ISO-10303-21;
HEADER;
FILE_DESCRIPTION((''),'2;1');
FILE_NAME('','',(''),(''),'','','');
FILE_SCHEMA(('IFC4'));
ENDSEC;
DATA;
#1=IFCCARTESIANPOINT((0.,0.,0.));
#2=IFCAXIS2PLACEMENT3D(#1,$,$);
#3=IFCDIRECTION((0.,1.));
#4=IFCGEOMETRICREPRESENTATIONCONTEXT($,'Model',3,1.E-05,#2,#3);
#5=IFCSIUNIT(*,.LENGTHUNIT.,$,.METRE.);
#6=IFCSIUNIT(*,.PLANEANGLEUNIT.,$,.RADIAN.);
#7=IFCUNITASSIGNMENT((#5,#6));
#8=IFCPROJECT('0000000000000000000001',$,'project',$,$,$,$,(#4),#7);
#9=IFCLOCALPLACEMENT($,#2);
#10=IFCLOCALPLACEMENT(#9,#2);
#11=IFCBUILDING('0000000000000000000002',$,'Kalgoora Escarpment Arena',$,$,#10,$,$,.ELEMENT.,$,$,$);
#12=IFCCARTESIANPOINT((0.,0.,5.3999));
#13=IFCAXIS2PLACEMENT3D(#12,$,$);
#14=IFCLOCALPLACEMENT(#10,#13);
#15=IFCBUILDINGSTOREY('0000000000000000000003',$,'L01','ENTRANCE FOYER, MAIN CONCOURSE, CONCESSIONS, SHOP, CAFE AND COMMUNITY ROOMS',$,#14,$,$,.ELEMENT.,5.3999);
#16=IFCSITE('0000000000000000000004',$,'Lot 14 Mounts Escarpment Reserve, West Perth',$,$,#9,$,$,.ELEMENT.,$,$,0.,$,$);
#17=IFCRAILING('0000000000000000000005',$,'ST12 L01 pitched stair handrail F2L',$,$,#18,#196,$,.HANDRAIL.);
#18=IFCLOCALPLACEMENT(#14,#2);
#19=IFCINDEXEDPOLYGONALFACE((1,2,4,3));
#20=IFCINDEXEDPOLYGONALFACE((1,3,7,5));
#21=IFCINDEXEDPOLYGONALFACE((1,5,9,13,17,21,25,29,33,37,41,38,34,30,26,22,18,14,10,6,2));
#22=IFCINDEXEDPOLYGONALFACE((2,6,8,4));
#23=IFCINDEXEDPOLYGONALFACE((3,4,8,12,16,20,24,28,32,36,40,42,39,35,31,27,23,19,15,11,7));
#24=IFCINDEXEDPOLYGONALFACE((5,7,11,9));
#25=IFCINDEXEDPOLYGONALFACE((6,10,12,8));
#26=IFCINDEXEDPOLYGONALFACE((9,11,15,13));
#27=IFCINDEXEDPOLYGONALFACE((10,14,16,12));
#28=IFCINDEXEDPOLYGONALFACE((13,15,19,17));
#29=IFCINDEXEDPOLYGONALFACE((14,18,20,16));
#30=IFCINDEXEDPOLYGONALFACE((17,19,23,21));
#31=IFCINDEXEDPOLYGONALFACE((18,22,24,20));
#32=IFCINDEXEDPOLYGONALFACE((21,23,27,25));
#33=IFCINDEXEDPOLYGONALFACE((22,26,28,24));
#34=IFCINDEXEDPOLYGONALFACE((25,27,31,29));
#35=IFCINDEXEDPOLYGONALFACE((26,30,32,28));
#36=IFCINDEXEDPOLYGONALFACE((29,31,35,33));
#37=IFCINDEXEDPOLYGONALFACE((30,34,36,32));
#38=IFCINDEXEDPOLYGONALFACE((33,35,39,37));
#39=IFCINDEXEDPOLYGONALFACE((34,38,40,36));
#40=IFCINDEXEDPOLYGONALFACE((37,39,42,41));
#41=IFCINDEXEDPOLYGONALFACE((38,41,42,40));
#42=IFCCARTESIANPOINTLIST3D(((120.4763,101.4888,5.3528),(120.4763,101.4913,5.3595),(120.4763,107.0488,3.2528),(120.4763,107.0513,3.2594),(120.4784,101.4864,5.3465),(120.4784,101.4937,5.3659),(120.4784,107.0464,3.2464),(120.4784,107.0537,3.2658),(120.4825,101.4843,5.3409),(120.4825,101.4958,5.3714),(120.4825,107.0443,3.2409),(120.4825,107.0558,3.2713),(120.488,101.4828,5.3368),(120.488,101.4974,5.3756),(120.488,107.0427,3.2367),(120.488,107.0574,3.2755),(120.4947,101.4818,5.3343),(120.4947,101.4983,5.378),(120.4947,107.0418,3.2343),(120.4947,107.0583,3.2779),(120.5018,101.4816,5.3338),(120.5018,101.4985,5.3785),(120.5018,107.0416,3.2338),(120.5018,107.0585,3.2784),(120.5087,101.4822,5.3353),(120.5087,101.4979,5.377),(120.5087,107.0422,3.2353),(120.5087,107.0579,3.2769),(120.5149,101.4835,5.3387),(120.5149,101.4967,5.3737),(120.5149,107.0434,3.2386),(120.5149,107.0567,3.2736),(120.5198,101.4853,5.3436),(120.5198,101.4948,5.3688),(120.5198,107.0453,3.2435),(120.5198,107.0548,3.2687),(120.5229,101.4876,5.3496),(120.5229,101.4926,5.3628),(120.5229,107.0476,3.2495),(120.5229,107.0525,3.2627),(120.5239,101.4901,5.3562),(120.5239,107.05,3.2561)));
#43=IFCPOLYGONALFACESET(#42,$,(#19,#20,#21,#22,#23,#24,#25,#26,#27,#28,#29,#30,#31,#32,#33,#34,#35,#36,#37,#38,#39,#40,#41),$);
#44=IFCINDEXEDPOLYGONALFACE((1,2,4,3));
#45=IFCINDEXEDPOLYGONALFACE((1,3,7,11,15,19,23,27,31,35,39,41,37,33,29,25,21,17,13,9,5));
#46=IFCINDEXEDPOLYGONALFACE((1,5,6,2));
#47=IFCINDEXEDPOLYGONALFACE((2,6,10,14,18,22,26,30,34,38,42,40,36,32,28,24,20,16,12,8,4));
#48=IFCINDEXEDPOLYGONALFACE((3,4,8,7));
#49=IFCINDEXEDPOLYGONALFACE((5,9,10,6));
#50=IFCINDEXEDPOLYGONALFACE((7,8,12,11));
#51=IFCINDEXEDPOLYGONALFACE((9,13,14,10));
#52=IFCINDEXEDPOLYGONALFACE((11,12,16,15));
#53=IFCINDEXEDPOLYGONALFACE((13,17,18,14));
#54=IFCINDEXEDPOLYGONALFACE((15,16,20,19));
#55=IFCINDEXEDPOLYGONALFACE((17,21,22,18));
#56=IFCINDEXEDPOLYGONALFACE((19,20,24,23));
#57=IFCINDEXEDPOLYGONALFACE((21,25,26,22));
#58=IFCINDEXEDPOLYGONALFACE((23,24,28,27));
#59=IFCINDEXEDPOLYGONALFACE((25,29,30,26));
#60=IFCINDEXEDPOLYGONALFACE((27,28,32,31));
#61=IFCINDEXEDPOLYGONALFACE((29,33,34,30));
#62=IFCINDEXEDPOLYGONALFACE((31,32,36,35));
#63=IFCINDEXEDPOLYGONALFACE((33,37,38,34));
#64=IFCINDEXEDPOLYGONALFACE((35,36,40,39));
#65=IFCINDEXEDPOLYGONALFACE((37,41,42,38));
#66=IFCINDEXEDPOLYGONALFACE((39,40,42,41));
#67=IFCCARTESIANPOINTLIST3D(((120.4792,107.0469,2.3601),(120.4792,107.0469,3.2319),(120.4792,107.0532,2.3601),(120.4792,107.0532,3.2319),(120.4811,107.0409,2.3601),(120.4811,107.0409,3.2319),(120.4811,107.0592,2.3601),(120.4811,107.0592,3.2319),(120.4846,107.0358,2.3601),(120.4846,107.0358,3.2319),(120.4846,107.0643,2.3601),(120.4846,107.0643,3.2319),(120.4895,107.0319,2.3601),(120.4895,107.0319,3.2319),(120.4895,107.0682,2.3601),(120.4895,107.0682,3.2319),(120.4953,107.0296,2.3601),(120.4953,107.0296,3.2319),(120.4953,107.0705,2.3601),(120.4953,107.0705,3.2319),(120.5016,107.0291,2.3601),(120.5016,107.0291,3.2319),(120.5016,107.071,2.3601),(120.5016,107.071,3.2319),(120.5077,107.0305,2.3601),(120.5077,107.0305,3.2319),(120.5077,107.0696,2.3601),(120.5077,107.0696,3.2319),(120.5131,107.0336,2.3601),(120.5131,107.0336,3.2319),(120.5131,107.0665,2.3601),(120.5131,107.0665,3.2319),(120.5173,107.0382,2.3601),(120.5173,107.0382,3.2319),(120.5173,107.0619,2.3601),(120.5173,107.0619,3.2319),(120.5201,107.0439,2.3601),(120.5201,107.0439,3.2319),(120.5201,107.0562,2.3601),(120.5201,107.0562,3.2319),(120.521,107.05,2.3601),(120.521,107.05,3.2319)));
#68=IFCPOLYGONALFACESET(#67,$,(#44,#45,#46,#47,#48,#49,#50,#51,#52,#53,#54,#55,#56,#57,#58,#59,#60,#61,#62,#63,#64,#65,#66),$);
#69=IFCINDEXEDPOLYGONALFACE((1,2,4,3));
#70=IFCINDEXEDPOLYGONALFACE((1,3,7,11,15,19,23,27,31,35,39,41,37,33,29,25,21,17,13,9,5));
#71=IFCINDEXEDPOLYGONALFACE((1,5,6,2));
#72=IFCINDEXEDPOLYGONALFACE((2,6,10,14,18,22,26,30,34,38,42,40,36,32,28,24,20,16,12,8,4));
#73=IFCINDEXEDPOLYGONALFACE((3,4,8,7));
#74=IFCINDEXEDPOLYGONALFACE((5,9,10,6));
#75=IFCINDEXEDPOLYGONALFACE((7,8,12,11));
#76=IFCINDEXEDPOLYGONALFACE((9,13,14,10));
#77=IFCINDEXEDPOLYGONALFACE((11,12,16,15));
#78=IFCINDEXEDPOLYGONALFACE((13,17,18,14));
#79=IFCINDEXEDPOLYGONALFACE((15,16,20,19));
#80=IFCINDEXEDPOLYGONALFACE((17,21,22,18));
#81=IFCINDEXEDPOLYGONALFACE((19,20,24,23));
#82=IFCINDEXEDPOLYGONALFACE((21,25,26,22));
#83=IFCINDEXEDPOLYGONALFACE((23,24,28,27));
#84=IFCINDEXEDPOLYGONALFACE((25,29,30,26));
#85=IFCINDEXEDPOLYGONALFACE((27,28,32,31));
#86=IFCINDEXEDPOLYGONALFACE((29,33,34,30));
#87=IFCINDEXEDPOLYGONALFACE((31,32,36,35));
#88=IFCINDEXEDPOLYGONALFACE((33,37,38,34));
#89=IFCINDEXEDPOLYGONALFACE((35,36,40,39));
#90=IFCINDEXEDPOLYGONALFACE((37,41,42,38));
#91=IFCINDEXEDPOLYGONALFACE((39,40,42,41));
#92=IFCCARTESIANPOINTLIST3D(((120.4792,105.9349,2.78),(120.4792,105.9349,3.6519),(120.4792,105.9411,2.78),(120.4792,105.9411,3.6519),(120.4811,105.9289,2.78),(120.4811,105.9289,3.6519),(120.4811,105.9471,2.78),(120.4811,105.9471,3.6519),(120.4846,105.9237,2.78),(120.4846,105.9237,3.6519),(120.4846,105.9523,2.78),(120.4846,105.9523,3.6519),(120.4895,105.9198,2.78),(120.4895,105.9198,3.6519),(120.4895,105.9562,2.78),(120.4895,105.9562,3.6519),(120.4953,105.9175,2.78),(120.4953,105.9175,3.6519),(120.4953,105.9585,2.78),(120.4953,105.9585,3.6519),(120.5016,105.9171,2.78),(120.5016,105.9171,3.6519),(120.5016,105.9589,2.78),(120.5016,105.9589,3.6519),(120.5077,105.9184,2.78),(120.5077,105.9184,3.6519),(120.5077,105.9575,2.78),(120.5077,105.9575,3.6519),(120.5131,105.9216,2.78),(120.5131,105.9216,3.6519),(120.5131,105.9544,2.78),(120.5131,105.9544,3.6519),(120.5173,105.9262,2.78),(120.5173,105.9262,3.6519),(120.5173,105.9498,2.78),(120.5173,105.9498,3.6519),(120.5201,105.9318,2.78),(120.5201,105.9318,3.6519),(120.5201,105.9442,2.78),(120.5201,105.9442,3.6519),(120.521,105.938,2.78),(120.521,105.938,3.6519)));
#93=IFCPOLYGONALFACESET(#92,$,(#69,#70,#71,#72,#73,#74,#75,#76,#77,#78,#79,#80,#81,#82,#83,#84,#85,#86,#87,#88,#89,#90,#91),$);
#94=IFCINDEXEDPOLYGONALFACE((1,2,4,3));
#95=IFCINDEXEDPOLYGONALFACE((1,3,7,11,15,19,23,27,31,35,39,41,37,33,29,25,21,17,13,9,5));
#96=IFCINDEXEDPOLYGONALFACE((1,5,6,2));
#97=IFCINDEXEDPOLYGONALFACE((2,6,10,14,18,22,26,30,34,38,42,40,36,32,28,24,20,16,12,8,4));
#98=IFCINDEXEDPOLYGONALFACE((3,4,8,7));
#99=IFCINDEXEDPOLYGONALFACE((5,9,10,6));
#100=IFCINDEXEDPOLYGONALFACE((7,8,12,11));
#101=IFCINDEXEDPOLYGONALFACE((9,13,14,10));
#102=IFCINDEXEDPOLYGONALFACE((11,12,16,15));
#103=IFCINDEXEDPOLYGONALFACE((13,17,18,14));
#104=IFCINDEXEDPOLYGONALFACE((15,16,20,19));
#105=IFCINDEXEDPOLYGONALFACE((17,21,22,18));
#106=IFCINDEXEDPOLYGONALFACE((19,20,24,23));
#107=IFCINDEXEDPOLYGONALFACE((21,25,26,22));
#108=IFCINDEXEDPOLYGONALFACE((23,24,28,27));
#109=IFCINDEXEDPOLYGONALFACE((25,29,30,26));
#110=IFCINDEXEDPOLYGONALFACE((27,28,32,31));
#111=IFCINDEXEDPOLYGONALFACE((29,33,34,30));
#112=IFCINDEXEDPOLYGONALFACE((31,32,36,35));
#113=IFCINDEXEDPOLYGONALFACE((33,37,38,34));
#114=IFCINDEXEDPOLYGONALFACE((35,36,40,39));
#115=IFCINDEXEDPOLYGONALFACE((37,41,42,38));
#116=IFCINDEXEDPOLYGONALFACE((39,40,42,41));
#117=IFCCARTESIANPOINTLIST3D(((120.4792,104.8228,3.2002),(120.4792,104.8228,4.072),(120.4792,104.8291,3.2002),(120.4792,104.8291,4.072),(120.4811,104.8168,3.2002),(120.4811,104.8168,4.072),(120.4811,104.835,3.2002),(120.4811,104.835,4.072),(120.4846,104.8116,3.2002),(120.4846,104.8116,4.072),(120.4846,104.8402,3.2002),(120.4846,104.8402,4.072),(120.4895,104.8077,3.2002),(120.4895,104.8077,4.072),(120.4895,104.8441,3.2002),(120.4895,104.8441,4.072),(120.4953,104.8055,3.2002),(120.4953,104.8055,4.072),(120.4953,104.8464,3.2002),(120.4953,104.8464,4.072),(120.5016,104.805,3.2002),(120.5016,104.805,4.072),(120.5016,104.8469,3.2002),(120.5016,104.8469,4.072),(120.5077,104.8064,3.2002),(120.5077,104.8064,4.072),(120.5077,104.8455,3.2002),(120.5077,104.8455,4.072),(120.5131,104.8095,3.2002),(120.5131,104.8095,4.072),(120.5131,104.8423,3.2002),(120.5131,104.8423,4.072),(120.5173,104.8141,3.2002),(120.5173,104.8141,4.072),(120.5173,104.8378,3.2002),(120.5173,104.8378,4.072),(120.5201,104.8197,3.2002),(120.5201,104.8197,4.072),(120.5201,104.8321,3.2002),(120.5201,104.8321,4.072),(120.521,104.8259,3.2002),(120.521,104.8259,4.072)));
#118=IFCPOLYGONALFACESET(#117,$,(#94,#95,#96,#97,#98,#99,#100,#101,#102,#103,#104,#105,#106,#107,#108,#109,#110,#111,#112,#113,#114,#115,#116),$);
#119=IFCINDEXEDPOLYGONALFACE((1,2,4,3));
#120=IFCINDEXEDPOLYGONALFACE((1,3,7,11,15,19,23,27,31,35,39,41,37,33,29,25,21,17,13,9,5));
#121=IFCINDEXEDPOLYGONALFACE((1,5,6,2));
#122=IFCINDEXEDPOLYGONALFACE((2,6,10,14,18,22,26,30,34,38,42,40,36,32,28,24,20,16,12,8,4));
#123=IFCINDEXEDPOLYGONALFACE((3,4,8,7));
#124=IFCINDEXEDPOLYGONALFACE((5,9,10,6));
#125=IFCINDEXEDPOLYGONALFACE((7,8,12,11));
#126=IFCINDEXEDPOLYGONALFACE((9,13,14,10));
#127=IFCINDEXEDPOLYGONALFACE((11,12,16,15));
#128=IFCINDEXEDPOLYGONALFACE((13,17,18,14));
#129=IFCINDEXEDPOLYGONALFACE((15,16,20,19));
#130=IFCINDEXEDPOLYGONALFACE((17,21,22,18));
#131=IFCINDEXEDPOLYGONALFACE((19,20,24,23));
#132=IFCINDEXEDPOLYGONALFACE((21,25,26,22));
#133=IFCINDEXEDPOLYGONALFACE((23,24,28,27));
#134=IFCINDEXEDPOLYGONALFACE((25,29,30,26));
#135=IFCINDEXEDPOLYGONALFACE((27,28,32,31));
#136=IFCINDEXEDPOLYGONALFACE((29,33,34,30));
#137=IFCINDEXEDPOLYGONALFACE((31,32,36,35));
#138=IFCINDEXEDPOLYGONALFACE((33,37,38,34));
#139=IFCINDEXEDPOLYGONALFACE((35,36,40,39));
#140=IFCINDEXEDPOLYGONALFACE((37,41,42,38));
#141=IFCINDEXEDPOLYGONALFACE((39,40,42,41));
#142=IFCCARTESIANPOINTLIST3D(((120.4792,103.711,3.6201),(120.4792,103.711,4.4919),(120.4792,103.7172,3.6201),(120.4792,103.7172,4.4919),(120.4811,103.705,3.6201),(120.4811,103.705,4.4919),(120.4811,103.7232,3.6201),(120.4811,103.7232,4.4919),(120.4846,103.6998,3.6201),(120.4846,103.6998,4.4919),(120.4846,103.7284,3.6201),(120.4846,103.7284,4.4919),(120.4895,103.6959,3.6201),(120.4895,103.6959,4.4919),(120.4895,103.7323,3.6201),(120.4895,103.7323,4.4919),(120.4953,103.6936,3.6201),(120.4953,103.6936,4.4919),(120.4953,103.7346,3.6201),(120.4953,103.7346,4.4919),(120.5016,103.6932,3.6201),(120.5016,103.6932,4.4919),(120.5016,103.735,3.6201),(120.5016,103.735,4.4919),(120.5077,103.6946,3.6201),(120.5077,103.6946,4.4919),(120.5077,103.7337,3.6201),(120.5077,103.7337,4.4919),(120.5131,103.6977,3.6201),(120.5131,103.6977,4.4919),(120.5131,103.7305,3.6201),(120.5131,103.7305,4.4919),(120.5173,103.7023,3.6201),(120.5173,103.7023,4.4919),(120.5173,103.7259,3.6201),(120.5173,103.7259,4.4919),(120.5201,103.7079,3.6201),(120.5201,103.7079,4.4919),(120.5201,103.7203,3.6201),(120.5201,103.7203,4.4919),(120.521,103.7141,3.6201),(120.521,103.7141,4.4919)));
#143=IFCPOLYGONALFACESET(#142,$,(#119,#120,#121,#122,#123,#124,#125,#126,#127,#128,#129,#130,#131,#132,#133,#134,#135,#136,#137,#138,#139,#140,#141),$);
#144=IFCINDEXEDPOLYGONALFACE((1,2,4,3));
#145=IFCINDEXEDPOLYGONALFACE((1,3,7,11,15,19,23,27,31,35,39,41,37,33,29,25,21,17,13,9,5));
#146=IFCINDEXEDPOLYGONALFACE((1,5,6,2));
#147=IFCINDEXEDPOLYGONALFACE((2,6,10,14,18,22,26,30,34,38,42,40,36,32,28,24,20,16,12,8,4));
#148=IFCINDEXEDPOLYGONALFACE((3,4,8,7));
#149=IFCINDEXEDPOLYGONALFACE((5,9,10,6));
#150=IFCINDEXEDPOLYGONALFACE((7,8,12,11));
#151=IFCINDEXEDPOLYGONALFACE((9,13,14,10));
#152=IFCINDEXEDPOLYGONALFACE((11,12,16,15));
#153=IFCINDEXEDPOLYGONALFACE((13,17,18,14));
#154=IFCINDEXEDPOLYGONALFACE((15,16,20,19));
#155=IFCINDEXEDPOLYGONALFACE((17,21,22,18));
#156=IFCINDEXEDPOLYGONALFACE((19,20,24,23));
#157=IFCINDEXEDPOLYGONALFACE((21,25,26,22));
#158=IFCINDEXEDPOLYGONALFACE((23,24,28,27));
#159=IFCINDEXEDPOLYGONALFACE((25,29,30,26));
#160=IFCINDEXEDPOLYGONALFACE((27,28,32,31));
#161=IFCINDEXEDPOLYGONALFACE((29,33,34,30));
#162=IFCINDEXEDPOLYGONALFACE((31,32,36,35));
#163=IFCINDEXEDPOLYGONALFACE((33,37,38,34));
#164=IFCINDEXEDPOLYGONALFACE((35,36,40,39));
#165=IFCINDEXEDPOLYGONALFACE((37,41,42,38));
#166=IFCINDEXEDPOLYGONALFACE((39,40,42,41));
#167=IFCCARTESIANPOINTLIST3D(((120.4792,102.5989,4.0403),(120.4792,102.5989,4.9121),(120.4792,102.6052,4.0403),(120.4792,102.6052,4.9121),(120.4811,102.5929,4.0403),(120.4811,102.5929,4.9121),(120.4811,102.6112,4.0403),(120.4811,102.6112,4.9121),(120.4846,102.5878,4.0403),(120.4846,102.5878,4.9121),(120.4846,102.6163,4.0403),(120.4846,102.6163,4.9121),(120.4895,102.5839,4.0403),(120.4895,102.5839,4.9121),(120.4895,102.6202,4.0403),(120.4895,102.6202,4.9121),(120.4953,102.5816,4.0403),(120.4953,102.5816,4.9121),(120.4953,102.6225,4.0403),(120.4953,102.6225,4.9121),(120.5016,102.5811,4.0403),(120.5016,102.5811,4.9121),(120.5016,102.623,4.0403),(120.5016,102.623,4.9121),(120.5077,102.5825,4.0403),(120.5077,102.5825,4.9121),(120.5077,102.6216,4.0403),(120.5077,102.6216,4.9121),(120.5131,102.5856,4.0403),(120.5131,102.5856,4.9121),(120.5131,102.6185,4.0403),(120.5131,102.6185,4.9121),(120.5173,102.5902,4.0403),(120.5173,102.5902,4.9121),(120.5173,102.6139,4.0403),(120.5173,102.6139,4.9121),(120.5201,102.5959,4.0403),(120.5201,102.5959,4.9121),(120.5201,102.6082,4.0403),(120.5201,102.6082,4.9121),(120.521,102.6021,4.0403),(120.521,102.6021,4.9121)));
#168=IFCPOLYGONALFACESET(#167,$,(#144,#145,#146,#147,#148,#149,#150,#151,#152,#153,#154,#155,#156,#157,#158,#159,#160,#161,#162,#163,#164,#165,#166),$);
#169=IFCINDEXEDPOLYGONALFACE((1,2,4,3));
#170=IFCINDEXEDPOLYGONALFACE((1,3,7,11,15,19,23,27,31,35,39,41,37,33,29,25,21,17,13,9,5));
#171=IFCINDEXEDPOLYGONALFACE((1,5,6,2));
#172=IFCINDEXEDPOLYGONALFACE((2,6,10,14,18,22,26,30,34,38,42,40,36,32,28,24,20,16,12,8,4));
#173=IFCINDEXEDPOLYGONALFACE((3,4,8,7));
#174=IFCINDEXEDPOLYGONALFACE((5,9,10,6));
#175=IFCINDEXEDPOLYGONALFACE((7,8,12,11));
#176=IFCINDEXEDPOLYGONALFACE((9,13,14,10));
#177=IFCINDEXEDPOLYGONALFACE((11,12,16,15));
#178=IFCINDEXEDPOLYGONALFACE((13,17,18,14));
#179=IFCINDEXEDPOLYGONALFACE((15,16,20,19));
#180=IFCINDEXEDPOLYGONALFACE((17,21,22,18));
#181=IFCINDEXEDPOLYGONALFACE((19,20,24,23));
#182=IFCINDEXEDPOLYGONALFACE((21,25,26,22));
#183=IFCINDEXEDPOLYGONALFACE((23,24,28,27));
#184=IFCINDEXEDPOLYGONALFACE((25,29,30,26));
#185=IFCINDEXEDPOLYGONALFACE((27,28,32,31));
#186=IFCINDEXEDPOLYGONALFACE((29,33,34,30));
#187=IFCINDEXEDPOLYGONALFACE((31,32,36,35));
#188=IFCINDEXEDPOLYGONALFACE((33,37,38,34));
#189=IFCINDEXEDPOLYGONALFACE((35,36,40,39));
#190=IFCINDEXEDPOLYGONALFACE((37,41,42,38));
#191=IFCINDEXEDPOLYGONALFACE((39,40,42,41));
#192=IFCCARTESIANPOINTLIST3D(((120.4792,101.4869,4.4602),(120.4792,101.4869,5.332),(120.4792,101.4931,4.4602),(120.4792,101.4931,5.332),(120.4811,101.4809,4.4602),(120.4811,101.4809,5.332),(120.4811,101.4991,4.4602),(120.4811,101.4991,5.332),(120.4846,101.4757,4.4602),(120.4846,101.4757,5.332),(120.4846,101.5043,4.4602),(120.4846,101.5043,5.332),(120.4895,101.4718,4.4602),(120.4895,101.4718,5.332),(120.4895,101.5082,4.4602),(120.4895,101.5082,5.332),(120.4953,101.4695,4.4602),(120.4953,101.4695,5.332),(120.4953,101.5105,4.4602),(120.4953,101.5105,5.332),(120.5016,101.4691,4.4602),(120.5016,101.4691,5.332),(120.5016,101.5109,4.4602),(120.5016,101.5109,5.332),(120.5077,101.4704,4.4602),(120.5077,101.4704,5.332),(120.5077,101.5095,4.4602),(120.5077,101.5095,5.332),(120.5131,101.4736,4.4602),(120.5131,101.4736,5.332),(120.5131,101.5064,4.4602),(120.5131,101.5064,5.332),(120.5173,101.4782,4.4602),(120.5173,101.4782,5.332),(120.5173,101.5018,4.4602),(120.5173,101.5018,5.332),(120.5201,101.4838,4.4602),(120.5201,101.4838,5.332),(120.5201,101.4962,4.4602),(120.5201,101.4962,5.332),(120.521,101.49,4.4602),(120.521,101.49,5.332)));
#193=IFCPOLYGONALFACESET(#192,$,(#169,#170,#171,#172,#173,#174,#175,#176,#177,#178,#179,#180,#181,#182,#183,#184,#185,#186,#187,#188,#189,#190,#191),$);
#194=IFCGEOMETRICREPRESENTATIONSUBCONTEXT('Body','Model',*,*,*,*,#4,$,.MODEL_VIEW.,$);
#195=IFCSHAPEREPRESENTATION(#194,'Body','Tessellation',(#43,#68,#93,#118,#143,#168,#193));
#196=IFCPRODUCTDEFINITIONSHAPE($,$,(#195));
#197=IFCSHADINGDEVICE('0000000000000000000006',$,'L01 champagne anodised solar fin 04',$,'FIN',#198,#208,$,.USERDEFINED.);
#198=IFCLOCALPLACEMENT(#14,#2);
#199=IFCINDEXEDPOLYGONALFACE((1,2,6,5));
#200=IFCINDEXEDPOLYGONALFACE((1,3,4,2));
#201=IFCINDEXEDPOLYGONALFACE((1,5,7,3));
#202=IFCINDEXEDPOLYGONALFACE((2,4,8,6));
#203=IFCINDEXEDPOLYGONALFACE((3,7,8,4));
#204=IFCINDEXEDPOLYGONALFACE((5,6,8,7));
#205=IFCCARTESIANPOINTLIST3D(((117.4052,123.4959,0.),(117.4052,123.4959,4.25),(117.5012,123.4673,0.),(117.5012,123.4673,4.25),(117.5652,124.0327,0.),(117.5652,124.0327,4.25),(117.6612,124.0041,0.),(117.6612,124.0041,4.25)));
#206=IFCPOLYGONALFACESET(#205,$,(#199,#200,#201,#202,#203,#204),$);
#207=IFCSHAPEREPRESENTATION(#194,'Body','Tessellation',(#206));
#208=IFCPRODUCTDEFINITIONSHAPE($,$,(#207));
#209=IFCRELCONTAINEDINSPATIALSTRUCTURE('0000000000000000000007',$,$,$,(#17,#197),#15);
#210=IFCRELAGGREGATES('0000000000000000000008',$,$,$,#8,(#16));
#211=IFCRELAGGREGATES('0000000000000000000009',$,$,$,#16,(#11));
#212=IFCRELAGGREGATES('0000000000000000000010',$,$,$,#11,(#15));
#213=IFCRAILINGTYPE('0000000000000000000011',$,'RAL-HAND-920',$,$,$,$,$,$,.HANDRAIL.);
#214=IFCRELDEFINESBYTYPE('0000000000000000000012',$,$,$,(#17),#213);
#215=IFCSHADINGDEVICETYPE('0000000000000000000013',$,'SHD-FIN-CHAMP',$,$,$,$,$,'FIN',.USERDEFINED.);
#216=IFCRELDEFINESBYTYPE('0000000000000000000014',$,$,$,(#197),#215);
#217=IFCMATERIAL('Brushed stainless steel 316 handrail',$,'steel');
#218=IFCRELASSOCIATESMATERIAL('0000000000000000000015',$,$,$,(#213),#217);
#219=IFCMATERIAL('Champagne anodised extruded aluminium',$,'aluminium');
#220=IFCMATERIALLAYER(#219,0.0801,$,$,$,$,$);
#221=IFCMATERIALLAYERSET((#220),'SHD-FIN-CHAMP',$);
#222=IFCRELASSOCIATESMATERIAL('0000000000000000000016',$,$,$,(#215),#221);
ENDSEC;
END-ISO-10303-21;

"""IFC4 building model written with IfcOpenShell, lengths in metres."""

from ifc_helpers import new_model, si_unit, direction, frame, origin, origin_2d, place, context, subcontext, project, spatial, rectangle, circle, extrude, material, layer, layer_set, type_object, element, save


model = new_model("IFC4")

# Units and contexts
model_context = context("Model", 3, precision=1e-05, world=origin(), true_north=direction((0.0, 1.0)))
body_context = subcontext(model_context, "Body", "Model", "MODEL_VIEW")
ifc_project = project(units=[si_unit("LENGTHUNIT", "METRE"), si_unit("PLANEANGLEUNIT", "RADIAN")], contexts=[model_context])

# Site, building, storey
site_placement = place(None, origin())
site = spatial("IfcSite", under=ifc_project, at=site_placement, Name="Lot 14 Mounts Escarpment Reserve, West Perth", CompositionType="ELEMENT", RefElevation=0.0)
building_placement = place(site_placement, origin())
building = spatial("IfcBuilding", under=site, at=building_placement, Name="Kalgoora Escarpment Arena", CompositionType="ELEMENT")
storey_placement = place(building_placement, frame((0.0, 0.0, 5.3999)))
storey = spatial("IfcBuildingStorey", under=building, at=storey_placement, Name="L01", Description="ENTRANCE FOYER, MAIN CONCOURSE, CONCESSIONS, SHOP, CAFE AND COMMUNITY ROOMS", CompositionType="ELEMENT", Elevation=5.3999)

# Railing
ifc_material_1 = material(Name="Brushed stainless steel 316 handrail", Category="steel")
railing_type_1 = type_object("IfcRailingType", Name="RAL-HAND-920", PredefinedType="HANDRAIL", material=ifc_material_1)
railing_1_placement = place(storey_placement, frame((120.5, 107.05, 2.3601)))
element("IfcRailing", 1, at=railing_1_placement, inside=storey, type_object=railing_type_1, Name="ST12 L01 pitched stair handrail F2L", PredefinedType="HANDRAIL", context=body_context, shape_type="SweptSolid", body=[
    extrude(circle(Radius=0.0239, at=origin_2d()), frame((0.0, 0.0, 0.896), z_axis=(0.0, -0.935493, 0.353346), x_axis=(1.0, 0.0, 0.0)), (0.0, 0.0, 1.0), 5.9434),
    extrude(circle(Radius=0.021, at=origin_2d()), origin(), (0.0, 0.0, 1.0), 0.8718),
    extrude(circle(Radius=0.021, at=origin_2d()), frame((0.0, -1.1121, 0.4199)), (0.0, 0.0, 1.0), 0.8718),
    extrude(circle(Radius=0.021, at=origin_2d()), frame((0.0, -2.2241, 0.8401)), (0.0, 0.0, 1.0), 0.8718),
    extrude(circle(Radius=0.021, at=origin_2d()), frame((0.0, -3.3359, 1.26)), (0.0, 0.0, 1.0), 0.8718),
    extrude(circle(Radius=0.021, at=origin_2d()), frame((0.0, -4.448, 1.6802)), (0.0, 0.0, 1.0), 0.8718),
    extrude(circle(Radius=0.021, at=origin_2d()), frame((0.0, -5.5601, 2.1001)), (0.0, 0.0, 1.0), 0.8718),
])

# Shading device
ifc_material_2 = material(Name="Champagne anodised extruded aluminium", Category="aluminium")
ifc_layer_1 = layer(ifc_material_2, 0.0801)
ifc_layer_set_1 = layer_set([ifc_layer_1], Name="SHD-FIN-CHAMP")
shading_device_type = type_object("IfcShadingDeviceType", Name="SHD-FIN-CHAMP", ElementType="FIN", PredefinedType="USERDEFINED", material=ifc_layer_set_1)
shading_device_placement = place(storey_placement, frame((117.5332, 123.75, 0.0), z_axis=(0.0, 0.0, 1.0), x_axis=(0.285688, 0.958323, 0.0)))
element("IfcShadingDevice", 2, at=shading_device_placement, inside=storey, type_object=shading_device_type, Name="L01 champagne anodised solar fin 04", ObjectType="FIN", PredefinedType="USERDEFINED", context=body_context, shape_type="SweptSolid", body=[
    extrude(rectangle(XDim=0.5601, YDim=0.1001, at=origin_2d()), origin(), (0.0, 0.0, 1.0), 4.25),
])

save(model, "model.ifc")
